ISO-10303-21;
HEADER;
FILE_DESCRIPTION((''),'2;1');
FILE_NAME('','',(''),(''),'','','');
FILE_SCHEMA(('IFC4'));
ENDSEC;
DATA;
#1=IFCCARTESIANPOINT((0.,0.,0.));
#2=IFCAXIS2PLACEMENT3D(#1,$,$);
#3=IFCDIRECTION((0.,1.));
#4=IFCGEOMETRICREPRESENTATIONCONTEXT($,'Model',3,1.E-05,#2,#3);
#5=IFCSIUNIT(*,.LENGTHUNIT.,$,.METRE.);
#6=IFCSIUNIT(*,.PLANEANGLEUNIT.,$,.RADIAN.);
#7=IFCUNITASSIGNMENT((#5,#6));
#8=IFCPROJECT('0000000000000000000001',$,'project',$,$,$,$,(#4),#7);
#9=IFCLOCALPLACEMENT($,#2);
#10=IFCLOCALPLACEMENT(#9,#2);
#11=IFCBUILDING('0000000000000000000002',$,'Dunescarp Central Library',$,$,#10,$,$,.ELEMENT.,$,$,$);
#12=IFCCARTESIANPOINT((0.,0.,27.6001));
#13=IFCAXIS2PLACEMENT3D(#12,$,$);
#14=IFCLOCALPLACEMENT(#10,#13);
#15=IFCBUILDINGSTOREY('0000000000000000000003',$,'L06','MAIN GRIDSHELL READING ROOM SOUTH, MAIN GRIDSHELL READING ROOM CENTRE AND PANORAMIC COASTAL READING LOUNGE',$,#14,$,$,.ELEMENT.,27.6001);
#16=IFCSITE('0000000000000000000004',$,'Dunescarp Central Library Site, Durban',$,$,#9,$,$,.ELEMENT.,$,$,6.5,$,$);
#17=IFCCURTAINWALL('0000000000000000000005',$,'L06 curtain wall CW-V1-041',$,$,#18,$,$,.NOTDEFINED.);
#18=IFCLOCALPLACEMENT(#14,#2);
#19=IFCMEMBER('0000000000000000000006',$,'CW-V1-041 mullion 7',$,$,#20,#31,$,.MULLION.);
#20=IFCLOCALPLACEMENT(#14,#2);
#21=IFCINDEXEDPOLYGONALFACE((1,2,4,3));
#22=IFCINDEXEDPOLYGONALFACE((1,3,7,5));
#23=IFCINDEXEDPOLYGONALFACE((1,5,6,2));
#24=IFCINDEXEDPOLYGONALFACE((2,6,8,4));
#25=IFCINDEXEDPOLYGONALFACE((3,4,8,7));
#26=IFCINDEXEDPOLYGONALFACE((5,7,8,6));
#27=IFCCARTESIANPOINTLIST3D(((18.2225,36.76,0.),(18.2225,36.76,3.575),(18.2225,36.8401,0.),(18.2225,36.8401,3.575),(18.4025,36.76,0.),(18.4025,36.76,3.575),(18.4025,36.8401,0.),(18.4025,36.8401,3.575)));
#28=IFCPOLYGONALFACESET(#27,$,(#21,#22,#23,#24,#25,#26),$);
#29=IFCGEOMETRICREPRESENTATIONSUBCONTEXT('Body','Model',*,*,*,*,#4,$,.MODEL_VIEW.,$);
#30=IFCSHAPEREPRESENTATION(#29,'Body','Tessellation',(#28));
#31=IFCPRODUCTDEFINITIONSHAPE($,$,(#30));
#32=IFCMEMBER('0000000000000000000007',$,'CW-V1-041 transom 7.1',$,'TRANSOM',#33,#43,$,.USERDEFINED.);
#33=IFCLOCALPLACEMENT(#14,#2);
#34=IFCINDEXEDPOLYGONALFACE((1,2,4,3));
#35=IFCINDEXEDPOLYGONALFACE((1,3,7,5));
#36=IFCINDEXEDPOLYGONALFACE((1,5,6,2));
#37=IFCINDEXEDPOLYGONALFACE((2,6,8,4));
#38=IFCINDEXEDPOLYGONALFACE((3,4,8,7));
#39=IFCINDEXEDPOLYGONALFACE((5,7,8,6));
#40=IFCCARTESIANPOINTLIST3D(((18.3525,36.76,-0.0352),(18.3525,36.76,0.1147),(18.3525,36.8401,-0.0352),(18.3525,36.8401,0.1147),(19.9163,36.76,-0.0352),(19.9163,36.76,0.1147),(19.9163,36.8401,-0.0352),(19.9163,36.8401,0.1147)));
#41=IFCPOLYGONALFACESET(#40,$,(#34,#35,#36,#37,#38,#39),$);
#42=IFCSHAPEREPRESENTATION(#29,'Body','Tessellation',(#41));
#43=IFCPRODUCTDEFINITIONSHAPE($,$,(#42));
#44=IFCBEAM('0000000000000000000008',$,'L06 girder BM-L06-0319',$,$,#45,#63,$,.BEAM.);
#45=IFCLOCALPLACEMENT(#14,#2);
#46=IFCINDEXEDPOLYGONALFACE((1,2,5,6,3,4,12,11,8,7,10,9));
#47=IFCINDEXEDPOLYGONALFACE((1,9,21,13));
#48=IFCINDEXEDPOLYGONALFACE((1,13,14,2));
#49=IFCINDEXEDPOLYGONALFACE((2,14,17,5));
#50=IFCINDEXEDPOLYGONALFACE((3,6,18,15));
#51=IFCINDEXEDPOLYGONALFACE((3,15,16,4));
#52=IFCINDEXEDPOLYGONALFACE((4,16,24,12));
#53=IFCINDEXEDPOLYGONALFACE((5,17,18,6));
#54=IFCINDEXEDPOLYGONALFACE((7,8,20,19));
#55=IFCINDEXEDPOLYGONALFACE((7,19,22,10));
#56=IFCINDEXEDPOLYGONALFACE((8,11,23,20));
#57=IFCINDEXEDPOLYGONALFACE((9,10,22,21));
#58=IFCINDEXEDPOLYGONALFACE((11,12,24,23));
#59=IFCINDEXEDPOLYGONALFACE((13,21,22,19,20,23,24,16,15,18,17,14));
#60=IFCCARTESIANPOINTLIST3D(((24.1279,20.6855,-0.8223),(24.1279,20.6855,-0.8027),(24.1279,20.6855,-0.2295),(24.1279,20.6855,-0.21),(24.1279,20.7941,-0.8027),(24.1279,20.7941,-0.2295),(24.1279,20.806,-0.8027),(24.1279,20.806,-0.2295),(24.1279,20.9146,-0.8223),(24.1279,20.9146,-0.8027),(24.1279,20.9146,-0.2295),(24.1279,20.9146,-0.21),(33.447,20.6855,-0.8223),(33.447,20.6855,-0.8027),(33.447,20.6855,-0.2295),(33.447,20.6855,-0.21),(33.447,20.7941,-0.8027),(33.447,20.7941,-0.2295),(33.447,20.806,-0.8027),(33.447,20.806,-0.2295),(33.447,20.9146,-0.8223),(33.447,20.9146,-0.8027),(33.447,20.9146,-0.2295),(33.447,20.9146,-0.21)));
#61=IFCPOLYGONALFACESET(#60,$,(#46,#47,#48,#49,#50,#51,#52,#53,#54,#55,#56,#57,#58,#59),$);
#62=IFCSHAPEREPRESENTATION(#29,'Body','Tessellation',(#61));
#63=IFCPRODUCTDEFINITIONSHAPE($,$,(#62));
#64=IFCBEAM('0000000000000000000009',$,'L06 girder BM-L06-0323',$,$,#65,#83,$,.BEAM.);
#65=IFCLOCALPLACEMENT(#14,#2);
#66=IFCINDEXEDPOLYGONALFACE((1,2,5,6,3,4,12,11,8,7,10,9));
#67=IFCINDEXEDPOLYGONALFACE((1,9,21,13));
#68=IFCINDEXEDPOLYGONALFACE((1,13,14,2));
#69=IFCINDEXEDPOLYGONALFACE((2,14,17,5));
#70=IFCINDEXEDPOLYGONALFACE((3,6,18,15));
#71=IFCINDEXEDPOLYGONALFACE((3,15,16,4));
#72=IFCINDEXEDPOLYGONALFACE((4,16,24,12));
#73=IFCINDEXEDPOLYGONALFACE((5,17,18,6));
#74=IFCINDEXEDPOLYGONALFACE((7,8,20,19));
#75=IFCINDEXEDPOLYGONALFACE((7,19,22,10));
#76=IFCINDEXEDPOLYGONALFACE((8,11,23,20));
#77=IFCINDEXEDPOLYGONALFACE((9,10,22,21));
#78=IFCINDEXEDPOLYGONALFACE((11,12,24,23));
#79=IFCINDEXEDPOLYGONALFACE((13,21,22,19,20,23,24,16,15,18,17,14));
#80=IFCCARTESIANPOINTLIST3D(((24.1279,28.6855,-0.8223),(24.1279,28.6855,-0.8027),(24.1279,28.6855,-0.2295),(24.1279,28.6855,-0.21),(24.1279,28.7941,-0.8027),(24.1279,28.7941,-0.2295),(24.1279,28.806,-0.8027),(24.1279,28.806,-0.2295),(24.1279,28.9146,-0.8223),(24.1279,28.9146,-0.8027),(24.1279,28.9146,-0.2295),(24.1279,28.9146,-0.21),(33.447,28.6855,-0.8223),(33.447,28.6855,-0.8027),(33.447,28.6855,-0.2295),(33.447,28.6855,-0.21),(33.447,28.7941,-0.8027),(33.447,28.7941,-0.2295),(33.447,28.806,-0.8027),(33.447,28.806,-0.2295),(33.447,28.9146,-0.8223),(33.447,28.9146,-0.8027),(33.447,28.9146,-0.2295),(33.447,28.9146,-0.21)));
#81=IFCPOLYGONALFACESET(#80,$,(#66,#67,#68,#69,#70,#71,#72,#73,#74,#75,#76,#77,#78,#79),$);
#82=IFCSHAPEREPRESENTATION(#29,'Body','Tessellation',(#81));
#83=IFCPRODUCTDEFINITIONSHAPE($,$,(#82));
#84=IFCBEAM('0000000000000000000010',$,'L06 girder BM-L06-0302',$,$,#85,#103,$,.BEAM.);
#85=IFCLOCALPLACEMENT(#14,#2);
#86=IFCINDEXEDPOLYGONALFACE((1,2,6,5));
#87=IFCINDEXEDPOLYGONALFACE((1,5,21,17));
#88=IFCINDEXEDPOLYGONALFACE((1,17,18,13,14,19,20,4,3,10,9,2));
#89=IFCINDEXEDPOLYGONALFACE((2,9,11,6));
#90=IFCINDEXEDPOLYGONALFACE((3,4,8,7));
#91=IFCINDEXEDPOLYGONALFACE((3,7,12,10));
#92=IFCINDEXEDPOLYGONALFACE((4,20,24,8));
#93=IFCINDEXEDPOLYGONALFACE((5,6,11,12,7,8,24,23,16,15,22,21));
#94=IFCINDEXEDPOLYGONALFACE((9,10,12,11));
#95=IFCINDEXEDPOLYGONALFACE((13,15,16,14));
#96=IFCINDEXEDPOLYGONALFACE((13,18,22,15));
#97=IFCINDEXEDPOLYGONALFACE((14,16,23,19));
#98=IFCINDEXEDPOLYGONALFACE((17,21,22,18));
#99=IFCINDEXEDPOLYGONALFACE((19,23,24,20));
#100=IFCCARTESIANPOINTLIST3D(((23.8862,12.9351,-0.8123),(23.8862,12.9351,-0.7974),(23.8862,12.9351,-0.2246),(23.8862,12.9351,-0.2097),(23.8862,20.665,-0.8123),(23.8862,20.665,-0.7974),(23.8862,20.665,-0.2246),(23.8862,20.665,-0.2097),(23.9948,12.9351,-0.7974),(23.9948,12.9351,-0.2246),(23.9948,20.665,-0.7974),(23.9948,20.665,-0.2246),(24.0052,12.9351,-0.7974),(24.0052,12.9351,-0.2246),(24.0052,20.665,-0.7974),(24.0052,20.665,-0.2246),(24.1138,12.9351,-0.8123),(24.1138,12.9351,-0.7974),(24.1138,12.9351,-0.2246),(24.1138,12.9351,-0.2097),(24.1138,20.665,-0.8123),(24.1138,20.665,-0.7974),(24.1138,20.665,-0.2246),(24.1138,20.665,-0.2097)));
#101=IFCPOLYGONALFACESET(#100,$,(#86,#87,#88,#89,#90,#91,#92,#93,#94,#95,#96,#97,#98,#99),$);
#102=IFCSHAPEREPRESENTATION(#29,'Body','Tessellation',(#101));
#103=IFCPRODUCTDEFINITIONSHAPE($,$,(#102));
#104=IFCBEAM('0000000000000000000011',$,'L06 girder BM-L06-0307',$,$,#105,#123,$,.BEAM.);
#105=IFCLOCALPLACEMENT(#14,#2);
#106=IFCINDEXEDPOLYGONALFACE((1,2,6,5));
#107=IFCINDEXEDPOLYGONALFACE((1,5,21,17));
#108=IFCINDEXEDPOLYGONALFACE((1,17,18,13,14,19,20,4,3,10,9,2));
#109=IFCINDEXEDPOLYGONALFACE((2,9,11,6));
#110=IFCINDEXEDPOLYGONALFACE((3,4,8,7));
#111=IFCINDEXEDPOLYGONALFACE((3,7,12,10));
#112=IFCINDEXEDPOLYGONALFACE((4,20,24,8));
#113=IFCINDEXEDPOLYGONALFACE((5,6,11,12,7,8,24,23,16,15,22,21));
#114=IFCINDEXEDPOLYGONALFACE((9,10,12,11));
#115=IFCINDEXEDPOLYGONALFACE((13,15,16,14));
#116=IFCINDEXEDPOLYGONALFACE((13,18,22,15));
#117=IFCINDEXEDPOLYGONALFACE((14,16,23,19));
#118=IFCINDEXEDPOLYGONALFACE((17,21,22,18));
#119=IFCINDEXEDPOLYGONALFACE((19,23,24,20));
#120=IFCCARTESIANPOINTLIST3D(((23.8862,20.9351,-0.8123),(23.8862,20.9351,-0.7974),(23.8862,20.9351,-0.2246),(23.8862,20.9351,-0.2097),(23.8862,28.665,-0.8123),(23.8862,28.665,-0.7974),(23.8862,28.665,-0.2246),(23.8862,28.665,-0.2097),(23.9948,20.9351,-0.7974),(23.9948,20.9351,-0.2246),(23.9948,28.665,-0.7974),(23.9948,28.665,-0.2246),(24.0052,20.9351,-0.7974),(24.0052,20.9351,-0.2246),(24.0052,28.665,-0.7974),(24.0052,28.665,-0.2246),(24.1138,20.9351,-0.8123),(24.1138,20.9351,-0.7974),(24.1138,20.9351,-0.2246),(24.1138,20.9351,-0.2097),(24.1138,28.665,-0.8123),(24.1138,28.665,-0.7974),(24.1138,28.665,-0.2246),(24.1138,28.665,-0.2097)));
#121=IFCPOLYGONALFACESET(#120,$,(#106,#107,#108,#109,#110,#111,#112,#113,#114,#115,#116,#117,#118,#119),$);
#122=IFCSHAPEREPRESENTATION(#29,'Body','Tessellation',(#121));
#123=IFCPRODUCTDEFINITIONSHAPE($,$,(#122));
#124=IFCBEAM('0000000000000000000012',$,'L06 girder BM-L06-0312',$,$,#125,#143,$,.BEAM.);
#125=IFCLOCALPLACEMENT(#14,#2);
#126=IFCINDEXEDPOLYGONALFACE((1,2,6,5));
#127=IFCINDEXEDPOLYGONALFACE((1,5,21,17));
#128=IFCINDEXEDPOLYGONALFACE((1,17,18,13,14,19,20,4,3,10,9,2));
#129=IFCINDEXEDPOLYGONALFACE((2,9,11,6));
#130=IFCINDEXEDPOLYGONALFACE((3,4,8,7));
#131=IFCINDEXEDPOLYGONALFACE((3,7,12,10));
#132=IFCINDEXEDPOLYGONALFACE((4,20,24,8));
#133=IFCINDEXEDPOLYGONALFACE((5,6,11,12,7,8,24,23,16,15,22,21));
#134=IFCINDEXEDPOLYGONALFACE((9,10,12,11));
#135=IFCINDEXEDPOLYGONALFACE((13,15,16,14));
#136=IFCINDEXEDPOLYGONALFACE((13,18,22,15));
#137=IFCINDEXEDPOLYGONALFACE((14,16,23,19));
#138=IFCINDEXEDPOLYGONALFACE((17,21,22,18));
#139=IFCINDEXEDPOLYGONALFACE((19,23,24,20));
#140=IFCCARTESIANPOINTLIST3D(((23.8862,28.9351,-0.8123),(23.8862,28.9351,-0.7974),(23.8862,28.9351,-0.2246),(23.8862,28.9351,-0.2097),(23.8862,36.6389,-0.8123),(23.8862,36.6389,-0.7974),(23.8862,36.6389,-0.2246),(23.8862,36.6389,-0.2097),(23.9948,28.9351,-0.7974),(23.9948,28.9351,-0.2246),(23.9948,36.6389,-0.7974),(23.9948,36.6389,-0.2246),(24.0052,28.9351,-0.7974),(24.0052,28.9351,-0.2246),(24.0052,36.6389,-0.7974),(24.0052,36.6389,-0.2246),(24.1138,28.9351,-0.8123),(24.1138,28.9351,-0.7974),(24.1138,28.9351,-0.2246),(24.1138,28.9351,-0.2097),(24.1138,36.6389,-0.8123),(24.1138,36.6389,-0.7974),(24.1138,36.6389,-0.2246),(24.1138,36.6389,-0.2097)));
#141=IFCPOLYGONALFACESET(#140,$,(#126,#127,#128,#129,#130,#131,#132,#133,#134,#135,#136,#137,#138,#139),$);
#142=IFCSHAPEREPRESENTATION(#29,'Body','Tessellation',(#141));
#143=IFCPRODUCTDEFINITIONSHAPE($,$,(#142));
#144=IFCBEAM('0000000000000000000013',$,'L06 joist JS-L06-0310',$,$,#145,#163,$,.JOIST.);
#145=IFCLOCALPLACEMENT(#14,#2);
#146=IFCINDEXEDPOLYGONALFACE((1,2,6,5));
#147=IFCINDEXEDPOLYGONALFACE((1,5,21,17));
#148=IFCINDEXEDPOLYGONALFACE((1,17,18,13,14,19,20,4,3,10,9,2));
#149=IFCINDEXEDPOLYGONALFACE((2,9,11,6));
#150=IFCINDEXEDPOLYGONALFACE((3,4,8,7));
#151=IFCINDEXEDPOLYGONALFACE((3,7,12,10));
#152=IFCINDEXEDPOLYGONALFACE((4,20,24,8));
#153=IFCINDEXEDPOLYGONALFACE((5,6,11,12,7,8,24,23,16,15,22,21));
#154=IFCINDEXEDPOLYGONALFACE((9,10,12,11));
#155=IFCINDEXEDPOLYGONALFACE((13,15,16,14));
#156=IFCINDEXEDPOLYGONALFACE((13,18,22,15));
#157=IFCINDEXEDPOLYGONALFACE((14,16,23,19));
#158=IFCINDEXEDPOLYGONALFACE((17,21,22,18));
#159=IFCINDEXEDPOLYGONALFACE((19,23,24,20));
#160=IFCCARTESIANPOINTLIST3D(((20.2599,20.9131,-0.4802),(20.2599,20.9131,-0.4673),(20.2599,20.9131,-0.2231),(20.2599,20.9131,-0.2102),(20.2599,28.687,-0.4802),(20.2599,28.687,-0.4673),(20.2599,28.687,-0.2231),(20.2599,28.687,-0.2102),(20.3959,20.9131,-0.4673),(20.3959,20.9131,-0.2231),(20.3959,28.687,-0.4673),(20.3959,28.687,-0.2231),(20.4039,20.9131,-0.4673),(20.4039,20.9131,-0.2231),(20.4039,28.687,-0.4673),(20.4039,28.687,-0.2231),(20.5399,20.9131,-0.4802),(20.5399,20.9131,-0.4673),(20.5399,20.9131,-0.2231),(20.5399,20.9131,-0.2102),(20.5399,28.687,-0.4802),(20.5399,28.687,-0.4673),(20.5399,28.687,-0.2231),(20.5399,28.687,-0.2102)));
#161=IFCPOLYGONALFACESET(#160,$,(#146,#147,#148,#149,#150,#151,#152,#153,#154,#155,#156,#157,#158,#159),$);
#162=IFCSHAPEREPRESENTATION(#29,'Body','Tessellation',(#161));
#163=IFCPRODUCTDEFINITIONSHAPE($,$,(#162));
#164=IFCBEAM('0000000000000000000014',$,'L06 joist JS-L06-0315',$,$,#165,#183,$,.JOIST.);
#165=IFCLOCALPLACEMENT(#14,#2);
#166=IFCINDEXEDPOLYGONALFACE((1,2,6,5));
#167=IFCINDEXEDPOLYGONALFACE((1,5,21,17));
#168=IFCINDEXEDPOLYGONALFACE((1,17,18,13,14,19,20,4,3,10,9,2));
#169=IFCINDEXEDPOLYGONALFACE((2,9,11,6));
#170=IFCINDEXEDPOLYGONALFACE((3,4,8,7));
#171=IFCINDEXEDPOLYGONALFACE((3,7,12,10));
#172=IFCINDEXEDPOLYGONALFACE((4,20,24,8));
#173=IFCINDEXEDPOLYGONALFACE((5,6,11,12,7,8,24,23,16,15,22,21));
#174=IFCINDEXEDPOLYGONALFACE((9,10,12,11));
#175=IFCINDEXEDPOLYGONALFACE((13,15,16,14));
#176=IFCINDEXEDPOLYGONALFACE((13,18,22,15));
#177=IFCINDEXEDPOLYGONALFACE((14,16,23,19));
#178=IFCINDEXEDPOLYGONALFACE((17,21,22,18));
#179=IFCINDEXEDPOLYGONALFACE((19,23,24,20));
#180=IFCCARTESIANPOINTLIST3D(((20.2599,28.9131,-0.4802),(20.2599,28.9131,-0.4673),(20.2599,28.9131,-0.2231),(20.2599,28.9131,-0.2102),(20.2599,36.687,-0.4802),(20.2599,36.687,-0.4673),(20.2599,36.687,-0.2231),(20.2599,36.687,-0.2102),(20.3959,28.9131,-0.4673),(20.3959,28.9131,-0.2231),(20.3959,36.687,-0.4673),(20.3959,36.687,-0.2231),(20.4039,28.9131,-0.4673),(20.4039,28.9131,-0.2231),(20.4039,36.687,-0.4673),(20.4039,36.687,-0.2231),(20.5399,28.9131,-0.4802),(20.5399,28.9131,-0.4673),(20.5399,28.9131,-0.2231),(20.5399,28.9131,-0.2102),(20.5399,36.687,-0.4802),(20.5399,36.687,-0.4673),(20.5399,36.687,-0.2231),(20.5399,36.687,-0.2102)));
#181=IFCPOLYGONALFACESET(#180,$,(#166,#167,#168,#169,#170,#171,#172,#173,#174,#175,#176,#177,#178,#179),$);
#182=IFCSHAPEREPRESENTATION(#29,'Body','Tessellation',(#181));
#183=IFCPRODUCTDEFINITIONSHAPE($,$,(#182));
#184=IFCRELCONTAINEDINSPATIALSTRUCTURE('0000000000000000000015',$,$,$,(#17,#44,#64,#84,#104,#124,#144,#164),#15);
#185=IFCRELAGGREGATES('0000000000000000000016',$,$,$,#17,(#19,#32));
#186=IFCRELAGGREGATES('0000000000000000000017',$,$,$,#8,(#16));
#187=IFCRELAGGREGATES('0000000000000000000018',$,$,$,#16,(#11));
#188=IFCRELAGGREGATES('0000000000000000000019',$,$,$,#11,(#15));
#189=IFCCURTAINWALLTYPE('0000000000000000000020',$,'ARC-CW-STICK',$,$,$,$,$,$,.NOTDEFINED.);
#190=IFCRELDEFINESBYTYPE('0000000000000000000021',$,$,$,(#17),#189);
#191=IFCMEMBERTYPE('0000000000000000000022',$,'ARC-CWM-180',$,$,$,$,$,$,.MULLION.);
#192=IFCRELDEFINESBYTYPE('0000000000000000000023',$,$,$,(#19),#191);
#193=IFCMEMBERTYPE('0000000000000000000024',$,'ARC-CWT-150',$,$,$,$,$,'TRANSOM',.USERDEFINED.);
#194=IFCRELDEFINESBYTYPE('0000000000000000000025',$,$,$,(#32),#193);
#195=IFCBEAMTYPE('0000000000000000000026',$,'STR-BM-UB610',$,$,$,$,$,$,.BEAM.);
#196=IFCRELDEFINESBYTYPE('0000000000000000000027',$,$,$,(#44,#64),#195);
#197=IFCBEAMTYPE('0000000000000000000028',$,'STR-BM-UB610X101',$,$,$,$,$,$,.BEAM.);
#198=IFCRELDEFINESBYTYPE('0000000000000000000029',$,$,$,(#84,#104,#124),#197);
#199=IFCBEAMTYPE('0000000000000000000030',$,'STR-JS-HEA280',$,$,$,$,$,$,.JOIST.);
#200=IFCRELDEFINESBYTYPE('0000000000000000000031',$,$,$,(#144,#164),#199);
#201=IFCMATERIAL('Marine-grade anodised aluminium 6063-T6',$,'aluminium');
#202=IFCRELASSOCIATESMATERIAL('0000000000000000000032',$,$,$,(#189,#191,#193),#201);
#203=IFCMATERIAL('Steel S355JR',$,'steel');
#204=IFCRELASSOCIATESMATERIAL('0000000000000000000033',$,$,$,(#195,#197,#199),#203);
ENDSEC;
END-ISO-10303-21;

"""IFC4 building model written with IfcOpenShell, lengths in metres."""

from ifc_helpers import new_model, si_unit, direction, frame, origin, origin_2d, place, context, subcontext, project, spatial, rectangle, i_section, extrude, material, material_profile, profile_set, type_object, element, aggregate, save


model = new_model("IFC4")

# Units and contexts
model_context = context("Model", 3, precision=1e-05, world=origin(), true_north=direction((0.0, 1.0)))
body_context = subcontext(model_context, "Body", "Model", "MODEL_VIEW")
ifc_project = project(units=[si_unit("LENGTHUNIT", "METRE"), si_unit("PLANEANGLEUNIT", "RADIAN")], contexts=[model_context])

# Site, building, storey
site_placement = place(None, origin())
site = spatial("IfcSite", under=ifc_project, at=site_placement, Name="Dunescarp Central Library Site, Durban", CompositionType="ELEMENT", RefElevation=6.5)
building_placement = place(site_placement, origin())
building = spatial("IfcBuilding", under=site, at=building_placement, Name="Dunescarp Central Library", CompositionType="ELEMENT")
storey_placement = place(building_placement, frame((0.0, 0.0, 27.6001)))
storey = spatial("IfcBuildingStorey", under=building, at=storey_placement, Name="L06", Description="MAIN GRIDSHELL READING ROOM SOUTH, MAIN GRIDSHELL READING ROOM CENTRE AND PANORAMIC COASTAL READING LOUNGE", CompositionType="ELEMENT", Elevation=27.6001)

# Curtain wall, members
ifc_material_1 = material(Name="Marine-grade anodised aluminium 6063-T6", Category="aluminium")
curtain_wall_type = type_object("IfcCurtainWallType", Name="ARC-CW-STICK", PredefinedType="NOTDEFINED", material=ifc_material_1)
curtain_wall_placement = place(storey_placement, origin())
curtain_wall = element("IfcCurtainWall", 1, at=curtain_wall_placement, inside=storey, type_object=curtain_wall_type, Name="L06 curtain wall CW-V1-041", PredefinedType="NOTDEFINED")
ifc_material_profile_1 = material_profile(ifc_material_1, rectangle(XDim=0.0801, YDim=0.1799, at=origin_2d()), Name="AL 80x180")
ifc_profile_set_1 = profile_set([ifc_material_profile_1], Name="Marine-grade anodised aluminium 6063-T6")
member_type_1 = type_object("IfcMemberType", Name="ARC-CWM-180", PredefinedType="MULLION", material=ifc_profile_set_1)
member_1_placement = place(storey_placement, frame((18.3125, 36.8, 0.0), z_axis=(0.0, 0.0, 1.0), x_axis=(0.0, 1.0, 0.0)))
member_1 = element("IfcMember", 2, at=member_1_placement, type_object=member_type_1, Name="CW-V1-041 mullion 7", PredefinedType="MULLION", context=body_context, shape_type="SweptSolid", body=[
    extrude(rectangle(XDim=0.0801, YDim=0.1799, at=origin_2d()), origin(), (0.0, 0.0, 1.0), 3.575),
])
ifc_material_profile_2 = material_profile(ifc_material_1, rectangle(XDim=0.0801, YDim=0.1499, at=origin_2d()), Name="AL 80x150")
ifc_profile_set_2 = profile_set([ifc_material_profile_2], Name="Marine-grade anodised aluminium 6063-T6")
member_type_2 = type_object("IfcMemberType", Name="ARC-CWT-150", ElementType="TRANSOM", PredefinedType="USERDEFINED", material=ifc_profile_set_2)
member_2_placement = place(storey_placement, frame((18.3525, 36.8, 0.0398), z_axis=(1.0, 0.0, 0.0), x_axis=(0.0, 1.0, 0.0)))
member_2 = element("IfcMember", 3, at=member_2_placement, type_object=member_type_2, Name="CW-V1-041 transom 7.1", ObjectType="TRANSOM", PredefinedType="USERDEFINED", context=body_context, shape_type="SweptSolid", body=[
    extrude(rectangle(XDim=0.0801, YDim=0.1499, at=origin_2d()), origin(), (0.0, 0.0, 1.0), 1.5637),
])
aggregate(curtain_wall, [member_1, member_2])

# Beams
ifc_material_2 = material(Name="Steel S355JR", Category="steel")
ifc_material_profile_3 = material_profile(ifc_material_2, i_section(OverallWidth=0.229, OverallDepth=0.6123, WebThickness=0.012, FlangeThickness=0.0195, at=origin_2d()), Name="UB 610x229x125")
ifc_profile_set_3 = profile_set([ifc_material_profile_3], Name="Steel S355JR")
beam_type_1 = type_object("IfcBeamType", Name="STR-BM-UB610", PredefinedType="BEAM", material=ifc_profile_set_3)
for number, where, z_axis, x_axis, name in (
    (4, (24.1279, 20.8, -0.5161), (1.0, 0.0, 0.0), (0.0, 1.0, 0.0), "L06 girder BM-L06-0319"),
    (5, (24.1279, 28.8, -0.5161), (1.0, 0.0, 0.0), (0.0, 1.0, 0.0), "L06 girder BM-L06-0323"),
):
    element("IfcBeam", number, at=place(storey_placement, frame(where, z_axis=z_axis, x_axis=x_axis)), inside=storey, type_object=beam_type_1, Name=name, PredefinedType="BEAM", context=body_context, shape_type="SweptSolid", body=[
        extrude(i_section(OverallWidth=0.229, OverallDepth=0.6123, WebThickness=0.012, FlangeThickness=0.0195, at=origin_2d()), origin(), (0.0, 0.0, 1.0), 9.3191),
    ])
ifc_material_profile_4 = material_profile(ifc_material_2, i_section(OverallWidth=0.2275, OverallDepth=0.6025, WebThickness=0.0105, FlangeThickness=0.0149, at=origin_2d()), Name="UB 610x229x101")
ifc_profile_set_4 = profile_set([ifc_material_profile_4], Name="Steel S355JR")
beam_type_2 = type_object("IfcBeamType", Name="STR-BM-UB610X101", PredefinedType="BEAM", material=ifc_profile_set_4)
for number, where, z_axis, x_axis, name in (
    (6, (24.0, 12.9351, -0.511), (0.0, 1.0, 0.0), (-1.0, 0.0, 0.0), "L06 girder BM-L06-0302"),
    (7, (24.0, 20.9351, -0.511), (0.0, 1.0, 0.0), (-1.0, 0.0, 0.0), "L06 girder BM-L06-0307"),
):
    element("IfcBeam", number, at=place(storey_placement, frame(where, z_axis=z_axis, x_axis=x_axis)), inside=storey, type_object=beam_type_2, Name=name, PredefinedType="BEAM", context=body_context, shape_type="SweptSolid", body=[
        extrude(i_section(OverallWidth=0.2275, OverallDepth=0.6025, WebThickness=0.0105, FlangeThickness=0.0149, at=origin_2d()), origin(), (0.0, 0.0, 1.0), 7.73),
    ])
beam_placement = place(storey_placement, frame((24.0, 28.9351, -0.511), z_axis=(0.0, 1.0, 0.0), x_axis=(-1.0, 0.0, 0.0)))
element("IfcBeam", 8, at=beam_placement, inside=storey, type_object=beam_type_2, Name="L06 girder BM-L06-0312", PredefinedType="BEAM", context=body_context, shape_type="SweptSolid", body=[
    extrude(i_section(OverallWidth=0.2275, OverallDepth=0.6025, WebThickness=0.0105, FlangeThickness=0.0149, at=origin_2d()), origin(), (0.0, 0.0, 1.0), 7.7039),
])
ifc_material_profile_5 = material_profile(ifc_material_2, i_section(OverallWidth=0.28, OverallDepth=0.27, WebThickness=0.0081, FlangeThickness=0.0129, at=origin_2d()), Name="HEA 280")
ifc_profile_set_5 = profile_set([ifc_material_profile_5], Name="Steel S355JR")
beam_type_3 = type_object("IfcBeamType", Name="STR-JS-HEA280", PredefinedType="JOIST", material=ifc_profile_set_5)
for number, where, z_axis, x_axis, name in (
    (9, (20.3999, 20.9131, -0.3452), (0.0, 1.0, 0.0), (-1.0, 0.0, 0.0), "L06 joist JS-L06-0310"),
    (10, (20.3999, 28.9131, -0.3452), (0.0, 1.0, 0.0), (-1.0, 0.0, 0.0), "L06 joist JS-L06-0315"),
):
    element("IfcBeam", number, at=place(storey_placement, frame(where, z_axis=z_axis, x_axis=x_axis)), inside=storey, type_object=beam_type_3, Name=name, PredefinedType="JOIST", context=body_context, shape_type="SweptSolid", body=[
        extrude(i_section(OverallWidth=0.28, OverallDepth=0.27, WebThickness=0.0081, FlangeThickness=0.0129, at=origin_2d()), origin(), (0.0, 0.0, 1.0), 7.7739),
    ])

save(model, "model.ifc")
